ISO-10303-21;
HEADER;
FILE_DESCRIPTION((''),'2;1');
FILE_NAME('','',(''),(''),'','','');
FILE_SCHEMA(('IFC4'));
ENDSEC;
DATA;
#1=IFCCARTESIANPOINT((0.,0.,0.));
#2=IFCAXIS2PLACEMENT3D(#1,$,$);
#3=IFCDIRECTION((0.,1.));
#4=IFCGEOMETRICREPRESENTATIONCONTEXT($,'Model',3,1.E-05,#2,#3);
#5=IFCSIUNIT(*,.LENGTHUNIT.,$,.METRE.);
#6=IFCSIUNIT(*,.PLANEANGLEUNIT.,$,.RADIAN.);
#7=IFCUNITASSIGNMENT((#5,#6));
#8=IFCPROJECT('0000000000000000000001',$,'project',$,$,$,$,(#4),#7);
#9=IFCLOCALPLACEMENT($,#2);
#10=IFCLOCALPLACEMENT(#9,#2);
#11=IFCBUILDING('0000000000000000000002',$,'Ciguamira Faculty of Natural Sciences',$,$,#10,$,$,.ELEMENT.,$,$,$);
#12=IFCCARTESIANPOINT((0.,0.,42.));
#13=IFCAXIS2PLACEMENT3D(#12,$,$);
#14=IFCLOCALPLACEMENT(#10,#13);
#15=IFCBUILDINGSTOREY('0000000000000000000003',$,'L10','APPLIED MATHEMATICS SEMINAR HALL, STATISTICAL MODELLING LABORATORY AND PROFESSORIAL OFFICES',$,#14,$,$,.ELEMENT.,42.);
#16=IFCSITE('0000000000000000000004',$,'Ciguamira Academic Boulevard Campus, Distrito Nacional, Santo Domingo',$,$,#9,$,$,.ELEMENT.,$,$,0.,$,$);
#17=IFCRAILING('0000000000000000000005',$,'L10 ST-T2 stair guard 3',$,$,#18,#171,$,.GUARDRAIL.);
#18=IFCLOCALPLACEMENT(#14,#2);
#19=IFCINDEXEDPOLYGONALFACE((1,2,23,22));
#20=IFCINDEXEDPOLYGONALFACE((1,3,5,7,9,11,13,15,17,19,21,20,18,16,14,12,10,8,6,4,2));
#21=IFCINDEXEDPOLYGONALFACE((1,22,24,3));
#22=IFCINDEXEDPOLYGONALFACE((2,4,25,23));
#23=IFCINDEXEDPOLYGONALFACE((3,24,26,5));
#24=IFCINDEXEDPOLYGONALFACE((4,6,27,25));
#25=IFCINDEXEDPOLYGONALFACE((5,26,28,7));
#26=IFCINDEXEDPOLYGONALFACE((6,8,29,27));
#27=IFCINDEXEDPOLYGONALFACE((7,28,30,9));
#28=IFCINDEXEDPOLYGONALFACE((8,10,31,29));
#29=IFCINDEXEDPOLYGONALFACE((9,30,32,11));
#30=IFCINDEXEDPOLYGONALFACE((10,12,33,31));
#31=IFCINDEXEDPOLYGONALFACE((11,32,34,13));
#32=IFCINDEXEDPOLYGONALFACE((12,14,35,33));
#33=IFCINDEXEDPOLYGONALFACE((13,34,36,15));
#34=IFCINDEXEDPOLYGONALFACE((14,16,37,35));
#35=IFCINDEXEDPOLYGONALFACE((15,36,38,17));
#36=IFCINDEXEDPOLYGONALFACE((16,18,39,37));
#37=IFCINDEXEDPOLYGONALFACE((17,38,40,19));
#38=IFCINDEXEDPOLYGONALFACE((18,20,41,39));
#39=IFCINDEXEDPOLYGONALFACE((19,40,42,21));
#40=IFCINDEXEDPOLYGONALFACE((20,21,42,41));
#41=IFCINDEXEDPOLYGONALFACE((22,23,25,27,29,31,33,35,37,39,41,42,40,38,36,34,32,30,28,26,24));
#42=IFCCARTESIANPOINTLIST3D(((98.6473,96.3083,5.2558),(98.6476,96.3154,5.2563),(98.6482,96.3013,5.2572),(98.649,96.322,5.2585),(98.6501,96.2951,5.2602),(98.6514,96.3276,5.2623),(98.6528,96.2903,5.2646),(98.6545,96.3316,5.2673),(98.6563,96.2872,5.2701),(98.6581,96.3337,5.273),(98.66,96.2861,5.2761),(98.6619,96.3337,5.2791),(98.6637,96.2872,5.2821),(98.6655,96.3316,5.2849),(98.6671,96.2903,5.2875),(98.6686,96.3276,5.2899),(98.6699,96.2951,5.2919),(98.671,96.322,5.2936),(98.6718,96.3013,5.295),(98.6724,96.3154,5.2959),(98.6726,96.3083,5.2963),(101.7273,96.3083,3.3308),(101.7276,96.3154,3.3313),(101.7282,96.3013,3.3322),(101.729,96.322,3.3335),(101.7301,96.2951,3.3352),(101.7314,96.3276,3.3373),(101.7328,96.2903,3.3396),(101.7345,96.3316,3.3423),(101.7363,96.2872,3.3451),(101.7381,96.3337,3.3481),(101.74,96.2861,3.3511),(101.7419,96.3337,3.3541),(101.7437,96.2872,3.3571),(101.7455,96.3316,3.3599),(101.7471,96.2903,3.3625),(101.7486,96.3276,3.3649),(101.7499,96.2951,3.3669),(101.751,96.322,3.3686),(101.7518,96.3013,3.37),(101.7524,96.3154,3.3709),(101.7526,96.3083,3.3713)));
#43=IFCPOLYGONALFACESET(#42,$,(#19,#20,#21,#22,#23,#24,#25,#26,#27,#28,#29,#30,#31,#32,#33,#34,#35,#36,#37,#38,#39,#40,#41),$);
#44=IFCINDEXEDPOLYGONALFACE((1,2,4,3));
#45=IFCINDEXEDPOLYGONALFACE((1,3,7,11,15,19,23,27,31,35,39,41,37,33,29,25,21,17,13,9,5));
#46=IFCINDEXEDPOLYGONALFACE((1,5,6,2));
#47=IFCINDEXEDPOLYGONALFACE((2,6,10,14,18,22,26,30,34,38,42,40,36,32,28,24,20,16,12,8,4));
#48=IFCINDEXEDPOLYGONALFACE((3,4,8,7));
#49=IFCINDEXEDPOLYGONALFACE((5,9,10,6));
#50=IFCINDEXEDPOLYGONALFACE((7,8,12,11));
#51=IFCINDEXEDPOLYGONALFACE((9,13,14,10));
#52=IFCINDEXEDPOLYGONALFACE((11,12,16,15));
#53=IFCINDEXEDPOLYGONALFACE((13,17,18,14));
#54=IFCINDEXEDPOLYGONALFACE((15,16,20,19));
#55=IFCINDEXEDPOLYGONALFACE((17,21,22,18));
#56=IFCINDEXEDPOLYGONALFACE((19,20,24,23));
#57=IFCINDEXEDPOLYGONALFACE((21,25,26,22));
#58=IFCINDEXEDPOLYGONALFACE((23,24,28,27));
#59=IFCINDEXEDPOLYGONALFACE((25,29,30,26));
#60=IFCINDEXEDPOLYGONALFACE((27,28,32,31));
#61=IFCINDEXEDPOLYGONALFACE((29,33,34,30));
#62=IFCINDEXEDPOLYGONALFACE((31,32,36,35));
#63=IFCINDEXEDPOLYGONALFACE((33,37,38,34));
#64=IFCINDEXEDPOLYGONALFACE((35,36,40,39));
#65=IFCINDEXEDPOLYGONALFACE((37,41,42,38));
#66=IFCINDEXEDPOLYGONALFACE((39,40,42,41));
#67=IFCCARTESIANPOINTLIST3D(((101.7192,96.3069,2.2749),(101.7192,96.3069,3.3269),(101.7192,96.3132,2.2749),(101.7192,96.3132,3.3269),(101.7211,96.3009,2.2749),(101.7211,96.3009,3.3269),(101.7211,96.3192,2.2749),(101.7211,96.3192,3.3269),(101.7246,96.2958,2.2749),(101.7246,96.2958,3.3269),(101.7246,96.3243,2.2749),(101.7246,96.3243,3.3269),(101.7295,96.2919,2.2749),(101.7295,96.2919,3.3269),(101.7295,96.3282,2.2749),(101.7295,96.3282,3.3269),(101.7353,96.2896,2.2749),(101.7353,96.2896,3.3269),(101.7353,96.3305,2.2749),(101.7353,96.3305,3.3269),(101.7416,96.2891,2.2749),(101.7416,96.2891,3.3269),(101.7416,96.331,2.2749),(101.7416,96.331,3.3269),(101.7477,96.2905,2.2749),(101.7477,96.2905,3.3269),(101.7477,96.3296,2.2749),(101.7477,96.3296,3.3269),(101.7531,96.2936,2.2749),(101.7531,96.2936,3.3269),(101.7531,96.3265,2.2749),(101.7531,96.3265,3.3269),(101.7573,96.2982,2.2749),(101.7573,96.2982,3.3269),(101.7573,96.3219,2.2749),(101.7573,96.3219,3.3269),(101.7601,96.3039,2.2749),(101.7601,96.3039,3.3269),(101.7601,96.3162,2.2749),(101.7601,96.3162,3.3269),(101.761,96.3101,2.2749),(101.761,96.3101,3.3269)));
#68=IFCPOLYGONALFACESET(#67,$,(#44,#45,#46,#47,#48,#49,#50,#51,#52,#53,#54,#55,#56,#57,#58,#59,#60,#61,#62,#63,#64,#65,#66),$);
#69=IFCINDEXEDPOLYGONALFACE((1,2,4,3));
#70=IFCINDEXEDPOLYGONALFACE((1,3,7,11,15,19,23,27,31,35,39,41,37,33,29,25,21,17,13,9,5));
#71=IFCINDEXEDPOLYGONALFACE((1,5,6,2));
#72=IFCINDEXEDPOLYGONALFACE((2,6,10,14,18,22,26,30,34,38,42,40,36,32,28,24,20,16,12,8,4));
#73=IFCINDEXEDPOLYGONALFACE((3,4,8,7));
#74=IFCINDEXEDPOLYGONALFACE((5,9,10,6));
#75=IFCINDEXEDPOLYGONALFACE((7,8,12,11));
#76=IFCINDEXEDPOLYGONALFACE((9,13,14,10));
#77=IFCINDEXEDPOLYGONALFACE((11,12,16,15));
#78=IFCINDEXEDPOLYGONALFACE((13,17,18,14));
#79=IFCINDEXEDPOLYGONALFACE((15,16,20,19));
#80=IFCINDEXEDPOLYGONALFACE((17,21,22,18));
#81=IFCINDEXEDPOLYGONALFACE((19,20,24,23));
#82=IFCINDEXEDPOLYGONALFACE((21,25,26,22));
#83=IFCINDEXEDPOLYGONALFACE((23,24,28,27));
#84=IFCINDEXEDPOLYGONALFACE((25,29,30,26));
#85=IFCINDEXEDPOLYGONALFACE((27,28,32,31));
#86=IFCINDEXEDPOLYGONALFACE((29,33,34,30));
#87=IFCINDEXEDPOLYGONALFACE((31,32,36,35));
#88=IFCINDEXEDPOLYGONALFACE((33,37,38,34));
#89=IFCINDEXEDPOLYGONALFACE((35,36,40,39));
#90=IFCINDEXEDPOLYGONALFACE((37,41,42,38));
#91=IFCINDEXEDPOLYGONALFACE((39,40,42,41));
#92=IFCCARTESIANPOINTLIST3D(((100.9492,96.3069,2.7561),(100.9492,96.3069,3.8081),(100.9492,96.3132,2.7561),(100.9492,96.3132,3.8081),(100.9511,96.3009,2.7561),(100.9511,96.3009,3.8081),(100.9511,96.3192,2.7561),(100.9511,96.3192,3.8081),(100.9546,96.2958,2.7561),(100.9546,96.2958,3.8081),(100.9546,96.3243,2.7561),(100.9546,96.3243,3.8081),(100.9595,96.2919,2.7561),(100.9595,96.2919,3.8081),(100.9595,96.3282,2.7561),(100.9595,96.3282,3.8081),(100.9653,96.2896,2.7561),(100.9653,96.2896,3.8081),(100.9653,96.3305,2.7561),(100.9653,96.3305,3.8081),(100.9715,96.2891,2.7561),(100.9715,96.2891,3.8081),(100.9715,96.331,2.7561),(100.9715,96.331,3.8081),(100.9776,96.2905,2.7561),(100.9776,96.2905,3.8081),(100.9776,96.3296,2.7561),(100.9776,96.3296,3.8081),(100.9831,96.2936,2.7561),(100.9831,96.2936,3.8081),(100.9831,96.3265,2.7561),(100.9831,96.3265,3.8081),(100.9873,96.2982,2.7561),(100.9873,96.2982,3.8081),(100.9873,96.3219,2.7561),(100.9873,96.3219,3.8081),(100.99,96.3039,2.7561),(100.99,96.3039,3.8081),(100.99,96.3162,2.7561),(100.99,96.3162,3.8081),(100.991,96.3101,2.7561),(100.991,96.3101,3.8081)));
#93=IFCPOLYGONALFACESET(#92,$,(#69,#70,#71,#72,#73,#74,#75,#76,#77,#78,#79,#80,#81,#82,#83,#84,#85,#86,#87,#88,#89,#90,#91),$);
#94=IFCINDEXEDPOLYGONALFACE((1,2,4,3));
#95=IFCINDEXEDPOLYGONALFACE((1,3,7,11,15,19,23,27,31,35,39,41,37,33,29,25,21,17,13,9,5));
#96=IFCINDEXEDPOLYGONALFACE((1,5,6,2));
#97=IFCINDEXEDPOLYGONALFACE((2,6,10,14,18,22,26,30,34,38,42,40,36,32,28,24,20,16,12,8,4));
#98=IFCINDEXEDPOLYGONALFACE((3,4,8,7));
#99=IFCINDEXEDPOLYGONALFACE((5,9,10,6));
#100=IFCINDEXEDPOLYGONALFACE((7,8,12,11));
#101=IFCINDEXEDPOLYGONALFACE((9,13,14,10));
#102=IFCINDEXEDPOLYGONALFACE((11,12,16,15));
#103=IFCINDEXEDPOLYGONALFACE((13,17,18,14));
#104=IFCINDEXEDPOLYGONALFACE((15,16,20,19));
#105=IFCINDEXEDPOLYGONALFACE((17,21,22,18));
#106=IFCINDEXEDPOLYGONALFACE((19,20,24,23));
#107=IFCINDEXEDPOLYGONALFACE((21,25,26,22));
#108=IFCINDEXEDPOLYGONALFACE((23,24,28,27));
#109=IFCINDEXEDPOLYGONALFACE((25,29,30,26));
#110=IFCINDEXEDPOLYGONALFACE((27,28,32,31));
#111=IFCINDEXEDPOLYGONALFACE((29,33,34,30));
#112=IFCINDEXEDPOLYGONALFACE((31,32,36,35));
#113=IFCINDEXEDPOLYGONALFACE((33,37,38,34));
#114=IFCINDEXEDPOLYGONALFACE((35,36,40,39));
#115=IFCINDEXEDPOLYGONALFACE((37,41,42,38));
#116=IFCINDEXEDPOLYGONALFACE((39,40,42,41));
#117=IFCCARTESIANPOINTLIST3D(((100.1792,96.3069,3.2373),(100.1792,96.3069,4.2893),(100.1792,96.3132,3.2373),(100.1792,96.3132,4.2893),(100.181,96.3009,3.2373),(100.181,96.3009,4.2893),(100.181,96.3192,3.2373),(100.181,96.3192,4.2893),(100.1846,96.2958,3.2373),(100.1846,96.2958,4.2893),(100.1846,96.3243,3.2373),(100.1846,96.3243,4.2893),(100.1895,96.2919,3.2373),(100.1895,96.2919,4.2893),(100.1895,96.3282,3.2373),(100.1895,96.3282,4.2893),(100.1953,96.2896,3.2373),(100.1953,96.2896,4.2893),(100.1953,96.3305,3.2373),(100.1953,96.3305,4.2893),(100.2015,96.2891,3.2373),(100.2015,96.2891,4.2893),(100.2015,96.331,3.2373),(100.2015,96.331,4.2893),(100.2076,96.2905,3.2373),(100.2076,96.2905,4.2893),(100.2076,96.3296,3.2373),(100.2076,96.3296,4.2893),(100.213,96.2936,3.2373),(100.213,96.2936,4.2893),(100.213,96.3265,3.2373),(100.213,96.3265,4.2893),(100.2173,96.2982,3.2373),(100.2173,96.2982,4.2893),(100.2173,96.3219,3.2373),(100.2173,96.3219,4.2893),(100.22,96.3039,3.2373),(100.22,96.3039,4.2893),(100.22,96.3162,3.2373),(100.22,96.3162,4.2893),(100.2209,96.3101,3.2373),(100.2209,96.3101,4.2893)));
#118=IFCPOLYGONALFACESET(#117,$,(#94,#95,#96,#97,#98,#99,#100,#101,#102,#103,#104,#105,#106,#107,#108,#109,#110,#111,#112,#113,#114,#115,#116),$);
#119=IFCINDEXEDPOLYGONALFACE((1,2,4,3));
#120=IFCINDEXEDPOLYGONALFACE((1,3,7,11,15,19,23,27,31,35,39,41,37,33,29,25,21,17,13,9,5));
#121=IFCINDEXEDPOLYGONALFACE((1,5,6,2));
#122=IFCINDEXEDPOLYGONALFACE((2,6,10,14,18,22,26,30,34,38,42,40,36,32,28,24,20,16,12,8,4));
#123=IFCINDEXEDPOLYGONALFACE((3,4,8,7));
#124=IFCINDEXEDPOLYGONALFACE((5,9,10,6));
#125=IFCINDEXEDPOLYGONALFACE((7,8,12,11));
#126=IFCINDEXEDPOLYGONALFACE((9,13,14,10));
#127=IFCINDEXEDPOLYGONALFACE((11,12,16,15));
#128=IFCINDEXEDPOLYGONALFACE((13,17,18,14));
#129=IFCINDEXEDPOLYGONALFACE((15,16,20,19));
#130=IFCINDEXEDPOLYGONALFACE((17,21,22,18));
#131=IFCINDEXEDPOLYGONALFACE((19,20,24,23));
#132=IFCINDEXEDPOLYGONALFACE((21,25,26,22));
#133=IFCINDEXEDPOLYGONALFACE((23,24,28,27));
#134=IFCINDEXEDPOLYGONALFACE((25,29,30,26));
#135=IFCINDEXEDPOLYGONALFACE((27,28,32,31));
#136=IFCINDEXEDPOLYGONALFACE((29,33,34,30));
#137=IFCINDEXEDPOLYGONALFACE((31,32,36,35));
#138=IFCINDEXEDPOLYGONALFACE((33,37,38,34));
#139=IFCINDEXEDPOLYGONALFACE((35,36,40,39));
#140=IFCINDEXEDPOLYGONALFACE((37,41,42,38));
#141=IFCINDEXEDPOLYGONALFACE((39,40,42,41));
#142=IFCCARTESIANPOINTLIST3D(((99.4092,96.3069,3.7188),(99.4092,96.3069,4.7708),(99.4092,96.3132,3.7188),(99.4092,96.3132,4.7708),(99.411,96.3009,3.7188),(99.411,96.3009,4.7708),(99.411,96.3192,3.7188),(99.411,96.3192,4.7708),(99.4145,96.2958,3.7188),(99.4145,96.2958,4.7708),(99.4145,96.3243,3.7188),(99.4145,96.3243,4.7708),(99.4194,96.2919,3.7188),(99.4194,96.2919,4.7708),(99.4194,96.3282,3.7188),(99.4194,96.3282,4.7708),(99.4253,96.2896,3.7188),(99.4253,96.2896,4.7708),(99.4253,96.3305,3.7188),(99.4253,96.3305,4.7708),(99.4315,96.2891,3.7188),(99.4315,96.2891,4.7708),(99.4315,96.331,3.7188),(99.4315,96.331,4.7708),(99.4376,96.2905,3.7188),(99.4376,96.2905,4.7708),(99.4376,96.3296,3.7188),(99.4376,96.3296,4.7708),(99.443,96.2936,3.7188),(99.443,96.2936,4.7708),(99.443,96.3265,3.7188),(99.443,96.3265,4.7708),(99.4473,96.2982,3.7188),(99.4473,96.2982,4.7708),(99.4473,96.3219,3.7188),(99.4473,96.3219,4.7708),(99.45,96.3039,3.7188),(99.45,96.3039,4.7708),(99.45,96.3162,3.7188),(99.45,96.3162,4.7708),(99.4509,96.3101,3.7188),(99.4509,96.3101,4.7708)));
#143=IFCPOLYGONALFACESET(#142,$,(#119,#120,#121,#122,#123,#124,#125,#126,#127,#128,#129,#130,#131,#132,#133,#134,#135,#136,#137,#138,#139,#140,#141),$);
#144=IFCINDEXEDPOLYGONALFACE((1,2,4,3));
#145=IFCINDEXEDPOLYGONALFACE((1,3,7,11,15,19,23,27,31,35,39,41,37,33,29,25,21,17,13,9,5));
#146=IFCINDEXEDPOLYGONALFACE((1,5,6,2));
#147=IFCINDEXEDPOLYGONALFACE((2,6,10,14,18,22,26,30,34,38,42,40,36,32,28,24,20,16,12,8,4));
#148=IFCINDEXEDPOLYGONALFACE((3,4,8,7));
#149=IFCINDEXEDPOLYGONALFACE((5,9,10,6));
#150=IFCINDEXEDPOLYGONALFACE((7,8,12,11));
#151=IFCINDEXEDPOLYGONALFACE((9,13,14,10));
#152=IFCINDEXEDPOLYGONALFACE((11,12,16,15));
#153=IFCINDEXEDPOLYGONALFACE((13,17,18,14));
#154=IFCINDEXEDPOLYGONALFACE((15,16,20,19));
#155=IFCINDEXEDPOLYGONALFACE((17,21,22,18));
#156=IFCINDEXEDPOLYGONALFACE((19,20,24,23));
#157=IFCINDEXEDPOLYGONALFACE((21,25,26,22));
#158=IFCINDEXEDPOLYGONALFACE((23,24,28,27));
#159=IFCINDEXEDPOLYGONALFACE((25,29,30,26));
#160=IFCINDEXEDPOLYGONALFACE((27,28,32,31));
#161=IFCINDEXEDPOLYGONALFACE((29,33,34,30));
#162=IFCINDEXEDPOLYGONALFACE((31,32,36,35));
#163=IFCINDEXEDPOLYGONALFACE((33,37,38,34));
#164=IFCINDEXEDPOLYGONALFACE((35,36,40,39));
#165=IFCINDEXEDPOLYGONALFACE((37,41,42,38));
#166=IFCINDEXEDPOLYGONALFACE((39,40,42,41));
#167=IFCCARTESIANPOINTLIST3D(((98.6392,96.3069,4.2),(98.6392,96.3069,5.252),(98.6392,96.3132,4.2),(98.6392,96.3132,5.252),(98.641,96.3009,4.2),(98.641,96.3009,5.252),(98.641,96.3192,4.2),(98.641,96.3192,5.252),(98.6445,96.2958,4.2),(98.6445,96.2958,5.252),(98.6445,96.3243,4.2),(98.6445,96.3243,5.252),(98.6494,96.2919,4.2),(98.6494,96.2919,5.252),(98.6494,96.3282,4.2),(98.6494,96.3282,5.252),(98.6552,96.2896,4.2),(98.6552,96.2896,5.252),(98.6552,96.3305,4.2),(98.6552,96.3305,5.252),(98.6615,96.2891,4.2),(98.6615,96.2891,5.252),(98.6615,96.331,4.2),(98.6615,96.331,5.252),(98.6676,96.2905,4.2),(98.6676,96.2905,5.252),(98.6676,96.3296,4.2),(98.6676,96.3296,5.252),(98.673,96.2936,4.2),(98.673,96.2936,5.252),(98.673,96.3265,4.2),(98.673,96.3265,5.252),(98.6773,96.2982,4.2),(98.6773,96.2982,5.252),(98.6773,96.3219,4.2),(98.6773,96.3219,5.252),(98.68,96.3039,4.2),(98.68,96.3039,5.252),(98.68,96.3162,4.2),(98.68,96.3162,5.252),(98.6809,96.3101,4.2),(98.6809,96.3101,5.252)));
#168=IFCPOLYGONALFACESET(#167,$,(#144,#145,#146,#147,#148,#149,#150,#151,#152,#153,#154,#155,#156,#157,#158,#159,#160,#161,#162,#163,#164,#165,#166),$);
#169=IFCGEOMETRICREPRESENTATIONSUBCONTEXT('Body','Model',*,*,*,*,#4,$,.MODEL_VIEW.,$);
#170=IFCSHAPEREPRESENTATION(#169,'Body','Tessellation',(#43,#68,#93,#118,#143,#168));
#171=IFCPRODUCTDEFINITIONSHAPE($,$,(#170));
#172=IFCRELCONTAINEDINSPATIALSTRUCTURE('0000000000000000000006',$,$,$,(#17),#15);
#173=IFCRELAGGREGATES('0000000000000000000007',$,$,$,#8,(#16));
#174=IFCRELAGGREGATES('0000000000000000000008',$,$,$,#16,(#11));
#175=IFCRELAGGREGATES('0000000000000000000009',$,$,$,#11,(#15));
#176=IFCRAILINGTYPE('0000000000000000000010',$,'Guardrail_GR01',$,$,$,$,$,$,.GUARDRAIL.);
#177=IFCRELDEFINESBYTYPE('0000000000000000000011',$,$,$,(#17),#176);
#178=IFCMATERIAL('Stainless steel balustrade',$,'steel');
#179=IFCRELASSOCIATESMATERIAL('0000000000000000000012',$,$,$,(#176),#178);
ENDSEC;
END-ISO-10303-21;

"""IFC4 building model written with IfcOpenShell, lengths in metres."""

from ifc_helpers import new_model, si_unit, direction, frame, origin, origin_2d, place, context, subcontext, project, spatial, circle, extrude, material, type_object, element, save


model = new_model("IFC4")

# Units and contexts
model_context = context("Model", 3, precision=1e-05, world=origin(), true_north=direction((0.0, 1.0)))
body_context = subcontext(model_context, "Body", "Model", "MODEL_VIEW")
ifc_project = project(units=[si_unit("LENGTHUNIT", "METRE"), si_unit("PLANEANGLEUNIT", "RADIAN")], contexts=[model_context])

# Site, building, storey
site_placement = place(None, origin())
site = spatial("IfcSite", under=ifc_project, at=site_placement, Name="Ciguamira Academic Boulevard Campus, Distrito Nacional, Santo Domingo", CompositionType="ELEMENT", RefElevation=0.0)
building_placement = place(site_placement, origin())
building = spatial("IfcBuilding", under=site, at=building_placement, Name="Ciguamira Faculty of Natural Sciences", CompositionType="ELEMENT")
storey_placement = place(building_placement, frame((0.0, 0.0, 42.0)))
storey = spatial("IfcBuildingStorey", under=building, at=storey_placement, Name="L10", Description="APPLIED MATHEMATICS SEMINAR HALL, STATISTICAL MODELLING LABORATORY AND PROFESSORIAL OFFICES", CompositionType="ELEMENT", Elevation=42.0)

# Railing
ifc_material_1 = material(Name="Stainless steel balustrade", Category="steel")
railing_type_1 = type_object("IfcRailingType", Name="Guardrail_GR01", PredefinedType="GUARDRAIL", material=ifc_material_1)
railing_1_placement = place(storey_placement, frame((101.74, 96.3101, 2.2749)))
element("IfcRailing", 1, at=railing_1_placement, inside=storey, type_object=railing_type_1, Name="L10 ST-T2 stair guard 3", PredefinedType="GUARDRAIL", context=body_context, shape_type="SweptSolid", body=[
    extrude(circle(Radius=0.0239, at=origin_2d()), frame((0.0, 0.0, 1.0762), z_axis=(-0.847998, 0.0, 0.529999), x_axis=(0.0, -1.0, 0.0)), (0.0, 0.0, 1.0), 3.6321),
    extrude(circle(Radius=0.021, at=origin_2d()), origin(), (0.0, 0.0, 1.0), 1.052),
    extrude(circle(Radius=0.021, at=origin_2d()), frame((-0.77, 0.0, 0.4812)), (0.0, 0.0, 1.0), 1.052),
    extrude(circle(Radius=0.021, at=origin_2d()), frame((-1.54, 0.0, 0.9624)), (0.0, 0.0, 1.0), 1.052),
    extrude(circle(Radius=0.021, at=origin_2d()), frame((-2.3101, 0.0, 1.4438)), (0.0, 0.0, 1.0), 1.052),
    extrude(circle(Radius=0.021, at=origin_2d()), frame((-3.0801, 0.0, 1.925)), (0.0, 0.0, 1.0), 1.052),
])

save(model, "model.ifc")
